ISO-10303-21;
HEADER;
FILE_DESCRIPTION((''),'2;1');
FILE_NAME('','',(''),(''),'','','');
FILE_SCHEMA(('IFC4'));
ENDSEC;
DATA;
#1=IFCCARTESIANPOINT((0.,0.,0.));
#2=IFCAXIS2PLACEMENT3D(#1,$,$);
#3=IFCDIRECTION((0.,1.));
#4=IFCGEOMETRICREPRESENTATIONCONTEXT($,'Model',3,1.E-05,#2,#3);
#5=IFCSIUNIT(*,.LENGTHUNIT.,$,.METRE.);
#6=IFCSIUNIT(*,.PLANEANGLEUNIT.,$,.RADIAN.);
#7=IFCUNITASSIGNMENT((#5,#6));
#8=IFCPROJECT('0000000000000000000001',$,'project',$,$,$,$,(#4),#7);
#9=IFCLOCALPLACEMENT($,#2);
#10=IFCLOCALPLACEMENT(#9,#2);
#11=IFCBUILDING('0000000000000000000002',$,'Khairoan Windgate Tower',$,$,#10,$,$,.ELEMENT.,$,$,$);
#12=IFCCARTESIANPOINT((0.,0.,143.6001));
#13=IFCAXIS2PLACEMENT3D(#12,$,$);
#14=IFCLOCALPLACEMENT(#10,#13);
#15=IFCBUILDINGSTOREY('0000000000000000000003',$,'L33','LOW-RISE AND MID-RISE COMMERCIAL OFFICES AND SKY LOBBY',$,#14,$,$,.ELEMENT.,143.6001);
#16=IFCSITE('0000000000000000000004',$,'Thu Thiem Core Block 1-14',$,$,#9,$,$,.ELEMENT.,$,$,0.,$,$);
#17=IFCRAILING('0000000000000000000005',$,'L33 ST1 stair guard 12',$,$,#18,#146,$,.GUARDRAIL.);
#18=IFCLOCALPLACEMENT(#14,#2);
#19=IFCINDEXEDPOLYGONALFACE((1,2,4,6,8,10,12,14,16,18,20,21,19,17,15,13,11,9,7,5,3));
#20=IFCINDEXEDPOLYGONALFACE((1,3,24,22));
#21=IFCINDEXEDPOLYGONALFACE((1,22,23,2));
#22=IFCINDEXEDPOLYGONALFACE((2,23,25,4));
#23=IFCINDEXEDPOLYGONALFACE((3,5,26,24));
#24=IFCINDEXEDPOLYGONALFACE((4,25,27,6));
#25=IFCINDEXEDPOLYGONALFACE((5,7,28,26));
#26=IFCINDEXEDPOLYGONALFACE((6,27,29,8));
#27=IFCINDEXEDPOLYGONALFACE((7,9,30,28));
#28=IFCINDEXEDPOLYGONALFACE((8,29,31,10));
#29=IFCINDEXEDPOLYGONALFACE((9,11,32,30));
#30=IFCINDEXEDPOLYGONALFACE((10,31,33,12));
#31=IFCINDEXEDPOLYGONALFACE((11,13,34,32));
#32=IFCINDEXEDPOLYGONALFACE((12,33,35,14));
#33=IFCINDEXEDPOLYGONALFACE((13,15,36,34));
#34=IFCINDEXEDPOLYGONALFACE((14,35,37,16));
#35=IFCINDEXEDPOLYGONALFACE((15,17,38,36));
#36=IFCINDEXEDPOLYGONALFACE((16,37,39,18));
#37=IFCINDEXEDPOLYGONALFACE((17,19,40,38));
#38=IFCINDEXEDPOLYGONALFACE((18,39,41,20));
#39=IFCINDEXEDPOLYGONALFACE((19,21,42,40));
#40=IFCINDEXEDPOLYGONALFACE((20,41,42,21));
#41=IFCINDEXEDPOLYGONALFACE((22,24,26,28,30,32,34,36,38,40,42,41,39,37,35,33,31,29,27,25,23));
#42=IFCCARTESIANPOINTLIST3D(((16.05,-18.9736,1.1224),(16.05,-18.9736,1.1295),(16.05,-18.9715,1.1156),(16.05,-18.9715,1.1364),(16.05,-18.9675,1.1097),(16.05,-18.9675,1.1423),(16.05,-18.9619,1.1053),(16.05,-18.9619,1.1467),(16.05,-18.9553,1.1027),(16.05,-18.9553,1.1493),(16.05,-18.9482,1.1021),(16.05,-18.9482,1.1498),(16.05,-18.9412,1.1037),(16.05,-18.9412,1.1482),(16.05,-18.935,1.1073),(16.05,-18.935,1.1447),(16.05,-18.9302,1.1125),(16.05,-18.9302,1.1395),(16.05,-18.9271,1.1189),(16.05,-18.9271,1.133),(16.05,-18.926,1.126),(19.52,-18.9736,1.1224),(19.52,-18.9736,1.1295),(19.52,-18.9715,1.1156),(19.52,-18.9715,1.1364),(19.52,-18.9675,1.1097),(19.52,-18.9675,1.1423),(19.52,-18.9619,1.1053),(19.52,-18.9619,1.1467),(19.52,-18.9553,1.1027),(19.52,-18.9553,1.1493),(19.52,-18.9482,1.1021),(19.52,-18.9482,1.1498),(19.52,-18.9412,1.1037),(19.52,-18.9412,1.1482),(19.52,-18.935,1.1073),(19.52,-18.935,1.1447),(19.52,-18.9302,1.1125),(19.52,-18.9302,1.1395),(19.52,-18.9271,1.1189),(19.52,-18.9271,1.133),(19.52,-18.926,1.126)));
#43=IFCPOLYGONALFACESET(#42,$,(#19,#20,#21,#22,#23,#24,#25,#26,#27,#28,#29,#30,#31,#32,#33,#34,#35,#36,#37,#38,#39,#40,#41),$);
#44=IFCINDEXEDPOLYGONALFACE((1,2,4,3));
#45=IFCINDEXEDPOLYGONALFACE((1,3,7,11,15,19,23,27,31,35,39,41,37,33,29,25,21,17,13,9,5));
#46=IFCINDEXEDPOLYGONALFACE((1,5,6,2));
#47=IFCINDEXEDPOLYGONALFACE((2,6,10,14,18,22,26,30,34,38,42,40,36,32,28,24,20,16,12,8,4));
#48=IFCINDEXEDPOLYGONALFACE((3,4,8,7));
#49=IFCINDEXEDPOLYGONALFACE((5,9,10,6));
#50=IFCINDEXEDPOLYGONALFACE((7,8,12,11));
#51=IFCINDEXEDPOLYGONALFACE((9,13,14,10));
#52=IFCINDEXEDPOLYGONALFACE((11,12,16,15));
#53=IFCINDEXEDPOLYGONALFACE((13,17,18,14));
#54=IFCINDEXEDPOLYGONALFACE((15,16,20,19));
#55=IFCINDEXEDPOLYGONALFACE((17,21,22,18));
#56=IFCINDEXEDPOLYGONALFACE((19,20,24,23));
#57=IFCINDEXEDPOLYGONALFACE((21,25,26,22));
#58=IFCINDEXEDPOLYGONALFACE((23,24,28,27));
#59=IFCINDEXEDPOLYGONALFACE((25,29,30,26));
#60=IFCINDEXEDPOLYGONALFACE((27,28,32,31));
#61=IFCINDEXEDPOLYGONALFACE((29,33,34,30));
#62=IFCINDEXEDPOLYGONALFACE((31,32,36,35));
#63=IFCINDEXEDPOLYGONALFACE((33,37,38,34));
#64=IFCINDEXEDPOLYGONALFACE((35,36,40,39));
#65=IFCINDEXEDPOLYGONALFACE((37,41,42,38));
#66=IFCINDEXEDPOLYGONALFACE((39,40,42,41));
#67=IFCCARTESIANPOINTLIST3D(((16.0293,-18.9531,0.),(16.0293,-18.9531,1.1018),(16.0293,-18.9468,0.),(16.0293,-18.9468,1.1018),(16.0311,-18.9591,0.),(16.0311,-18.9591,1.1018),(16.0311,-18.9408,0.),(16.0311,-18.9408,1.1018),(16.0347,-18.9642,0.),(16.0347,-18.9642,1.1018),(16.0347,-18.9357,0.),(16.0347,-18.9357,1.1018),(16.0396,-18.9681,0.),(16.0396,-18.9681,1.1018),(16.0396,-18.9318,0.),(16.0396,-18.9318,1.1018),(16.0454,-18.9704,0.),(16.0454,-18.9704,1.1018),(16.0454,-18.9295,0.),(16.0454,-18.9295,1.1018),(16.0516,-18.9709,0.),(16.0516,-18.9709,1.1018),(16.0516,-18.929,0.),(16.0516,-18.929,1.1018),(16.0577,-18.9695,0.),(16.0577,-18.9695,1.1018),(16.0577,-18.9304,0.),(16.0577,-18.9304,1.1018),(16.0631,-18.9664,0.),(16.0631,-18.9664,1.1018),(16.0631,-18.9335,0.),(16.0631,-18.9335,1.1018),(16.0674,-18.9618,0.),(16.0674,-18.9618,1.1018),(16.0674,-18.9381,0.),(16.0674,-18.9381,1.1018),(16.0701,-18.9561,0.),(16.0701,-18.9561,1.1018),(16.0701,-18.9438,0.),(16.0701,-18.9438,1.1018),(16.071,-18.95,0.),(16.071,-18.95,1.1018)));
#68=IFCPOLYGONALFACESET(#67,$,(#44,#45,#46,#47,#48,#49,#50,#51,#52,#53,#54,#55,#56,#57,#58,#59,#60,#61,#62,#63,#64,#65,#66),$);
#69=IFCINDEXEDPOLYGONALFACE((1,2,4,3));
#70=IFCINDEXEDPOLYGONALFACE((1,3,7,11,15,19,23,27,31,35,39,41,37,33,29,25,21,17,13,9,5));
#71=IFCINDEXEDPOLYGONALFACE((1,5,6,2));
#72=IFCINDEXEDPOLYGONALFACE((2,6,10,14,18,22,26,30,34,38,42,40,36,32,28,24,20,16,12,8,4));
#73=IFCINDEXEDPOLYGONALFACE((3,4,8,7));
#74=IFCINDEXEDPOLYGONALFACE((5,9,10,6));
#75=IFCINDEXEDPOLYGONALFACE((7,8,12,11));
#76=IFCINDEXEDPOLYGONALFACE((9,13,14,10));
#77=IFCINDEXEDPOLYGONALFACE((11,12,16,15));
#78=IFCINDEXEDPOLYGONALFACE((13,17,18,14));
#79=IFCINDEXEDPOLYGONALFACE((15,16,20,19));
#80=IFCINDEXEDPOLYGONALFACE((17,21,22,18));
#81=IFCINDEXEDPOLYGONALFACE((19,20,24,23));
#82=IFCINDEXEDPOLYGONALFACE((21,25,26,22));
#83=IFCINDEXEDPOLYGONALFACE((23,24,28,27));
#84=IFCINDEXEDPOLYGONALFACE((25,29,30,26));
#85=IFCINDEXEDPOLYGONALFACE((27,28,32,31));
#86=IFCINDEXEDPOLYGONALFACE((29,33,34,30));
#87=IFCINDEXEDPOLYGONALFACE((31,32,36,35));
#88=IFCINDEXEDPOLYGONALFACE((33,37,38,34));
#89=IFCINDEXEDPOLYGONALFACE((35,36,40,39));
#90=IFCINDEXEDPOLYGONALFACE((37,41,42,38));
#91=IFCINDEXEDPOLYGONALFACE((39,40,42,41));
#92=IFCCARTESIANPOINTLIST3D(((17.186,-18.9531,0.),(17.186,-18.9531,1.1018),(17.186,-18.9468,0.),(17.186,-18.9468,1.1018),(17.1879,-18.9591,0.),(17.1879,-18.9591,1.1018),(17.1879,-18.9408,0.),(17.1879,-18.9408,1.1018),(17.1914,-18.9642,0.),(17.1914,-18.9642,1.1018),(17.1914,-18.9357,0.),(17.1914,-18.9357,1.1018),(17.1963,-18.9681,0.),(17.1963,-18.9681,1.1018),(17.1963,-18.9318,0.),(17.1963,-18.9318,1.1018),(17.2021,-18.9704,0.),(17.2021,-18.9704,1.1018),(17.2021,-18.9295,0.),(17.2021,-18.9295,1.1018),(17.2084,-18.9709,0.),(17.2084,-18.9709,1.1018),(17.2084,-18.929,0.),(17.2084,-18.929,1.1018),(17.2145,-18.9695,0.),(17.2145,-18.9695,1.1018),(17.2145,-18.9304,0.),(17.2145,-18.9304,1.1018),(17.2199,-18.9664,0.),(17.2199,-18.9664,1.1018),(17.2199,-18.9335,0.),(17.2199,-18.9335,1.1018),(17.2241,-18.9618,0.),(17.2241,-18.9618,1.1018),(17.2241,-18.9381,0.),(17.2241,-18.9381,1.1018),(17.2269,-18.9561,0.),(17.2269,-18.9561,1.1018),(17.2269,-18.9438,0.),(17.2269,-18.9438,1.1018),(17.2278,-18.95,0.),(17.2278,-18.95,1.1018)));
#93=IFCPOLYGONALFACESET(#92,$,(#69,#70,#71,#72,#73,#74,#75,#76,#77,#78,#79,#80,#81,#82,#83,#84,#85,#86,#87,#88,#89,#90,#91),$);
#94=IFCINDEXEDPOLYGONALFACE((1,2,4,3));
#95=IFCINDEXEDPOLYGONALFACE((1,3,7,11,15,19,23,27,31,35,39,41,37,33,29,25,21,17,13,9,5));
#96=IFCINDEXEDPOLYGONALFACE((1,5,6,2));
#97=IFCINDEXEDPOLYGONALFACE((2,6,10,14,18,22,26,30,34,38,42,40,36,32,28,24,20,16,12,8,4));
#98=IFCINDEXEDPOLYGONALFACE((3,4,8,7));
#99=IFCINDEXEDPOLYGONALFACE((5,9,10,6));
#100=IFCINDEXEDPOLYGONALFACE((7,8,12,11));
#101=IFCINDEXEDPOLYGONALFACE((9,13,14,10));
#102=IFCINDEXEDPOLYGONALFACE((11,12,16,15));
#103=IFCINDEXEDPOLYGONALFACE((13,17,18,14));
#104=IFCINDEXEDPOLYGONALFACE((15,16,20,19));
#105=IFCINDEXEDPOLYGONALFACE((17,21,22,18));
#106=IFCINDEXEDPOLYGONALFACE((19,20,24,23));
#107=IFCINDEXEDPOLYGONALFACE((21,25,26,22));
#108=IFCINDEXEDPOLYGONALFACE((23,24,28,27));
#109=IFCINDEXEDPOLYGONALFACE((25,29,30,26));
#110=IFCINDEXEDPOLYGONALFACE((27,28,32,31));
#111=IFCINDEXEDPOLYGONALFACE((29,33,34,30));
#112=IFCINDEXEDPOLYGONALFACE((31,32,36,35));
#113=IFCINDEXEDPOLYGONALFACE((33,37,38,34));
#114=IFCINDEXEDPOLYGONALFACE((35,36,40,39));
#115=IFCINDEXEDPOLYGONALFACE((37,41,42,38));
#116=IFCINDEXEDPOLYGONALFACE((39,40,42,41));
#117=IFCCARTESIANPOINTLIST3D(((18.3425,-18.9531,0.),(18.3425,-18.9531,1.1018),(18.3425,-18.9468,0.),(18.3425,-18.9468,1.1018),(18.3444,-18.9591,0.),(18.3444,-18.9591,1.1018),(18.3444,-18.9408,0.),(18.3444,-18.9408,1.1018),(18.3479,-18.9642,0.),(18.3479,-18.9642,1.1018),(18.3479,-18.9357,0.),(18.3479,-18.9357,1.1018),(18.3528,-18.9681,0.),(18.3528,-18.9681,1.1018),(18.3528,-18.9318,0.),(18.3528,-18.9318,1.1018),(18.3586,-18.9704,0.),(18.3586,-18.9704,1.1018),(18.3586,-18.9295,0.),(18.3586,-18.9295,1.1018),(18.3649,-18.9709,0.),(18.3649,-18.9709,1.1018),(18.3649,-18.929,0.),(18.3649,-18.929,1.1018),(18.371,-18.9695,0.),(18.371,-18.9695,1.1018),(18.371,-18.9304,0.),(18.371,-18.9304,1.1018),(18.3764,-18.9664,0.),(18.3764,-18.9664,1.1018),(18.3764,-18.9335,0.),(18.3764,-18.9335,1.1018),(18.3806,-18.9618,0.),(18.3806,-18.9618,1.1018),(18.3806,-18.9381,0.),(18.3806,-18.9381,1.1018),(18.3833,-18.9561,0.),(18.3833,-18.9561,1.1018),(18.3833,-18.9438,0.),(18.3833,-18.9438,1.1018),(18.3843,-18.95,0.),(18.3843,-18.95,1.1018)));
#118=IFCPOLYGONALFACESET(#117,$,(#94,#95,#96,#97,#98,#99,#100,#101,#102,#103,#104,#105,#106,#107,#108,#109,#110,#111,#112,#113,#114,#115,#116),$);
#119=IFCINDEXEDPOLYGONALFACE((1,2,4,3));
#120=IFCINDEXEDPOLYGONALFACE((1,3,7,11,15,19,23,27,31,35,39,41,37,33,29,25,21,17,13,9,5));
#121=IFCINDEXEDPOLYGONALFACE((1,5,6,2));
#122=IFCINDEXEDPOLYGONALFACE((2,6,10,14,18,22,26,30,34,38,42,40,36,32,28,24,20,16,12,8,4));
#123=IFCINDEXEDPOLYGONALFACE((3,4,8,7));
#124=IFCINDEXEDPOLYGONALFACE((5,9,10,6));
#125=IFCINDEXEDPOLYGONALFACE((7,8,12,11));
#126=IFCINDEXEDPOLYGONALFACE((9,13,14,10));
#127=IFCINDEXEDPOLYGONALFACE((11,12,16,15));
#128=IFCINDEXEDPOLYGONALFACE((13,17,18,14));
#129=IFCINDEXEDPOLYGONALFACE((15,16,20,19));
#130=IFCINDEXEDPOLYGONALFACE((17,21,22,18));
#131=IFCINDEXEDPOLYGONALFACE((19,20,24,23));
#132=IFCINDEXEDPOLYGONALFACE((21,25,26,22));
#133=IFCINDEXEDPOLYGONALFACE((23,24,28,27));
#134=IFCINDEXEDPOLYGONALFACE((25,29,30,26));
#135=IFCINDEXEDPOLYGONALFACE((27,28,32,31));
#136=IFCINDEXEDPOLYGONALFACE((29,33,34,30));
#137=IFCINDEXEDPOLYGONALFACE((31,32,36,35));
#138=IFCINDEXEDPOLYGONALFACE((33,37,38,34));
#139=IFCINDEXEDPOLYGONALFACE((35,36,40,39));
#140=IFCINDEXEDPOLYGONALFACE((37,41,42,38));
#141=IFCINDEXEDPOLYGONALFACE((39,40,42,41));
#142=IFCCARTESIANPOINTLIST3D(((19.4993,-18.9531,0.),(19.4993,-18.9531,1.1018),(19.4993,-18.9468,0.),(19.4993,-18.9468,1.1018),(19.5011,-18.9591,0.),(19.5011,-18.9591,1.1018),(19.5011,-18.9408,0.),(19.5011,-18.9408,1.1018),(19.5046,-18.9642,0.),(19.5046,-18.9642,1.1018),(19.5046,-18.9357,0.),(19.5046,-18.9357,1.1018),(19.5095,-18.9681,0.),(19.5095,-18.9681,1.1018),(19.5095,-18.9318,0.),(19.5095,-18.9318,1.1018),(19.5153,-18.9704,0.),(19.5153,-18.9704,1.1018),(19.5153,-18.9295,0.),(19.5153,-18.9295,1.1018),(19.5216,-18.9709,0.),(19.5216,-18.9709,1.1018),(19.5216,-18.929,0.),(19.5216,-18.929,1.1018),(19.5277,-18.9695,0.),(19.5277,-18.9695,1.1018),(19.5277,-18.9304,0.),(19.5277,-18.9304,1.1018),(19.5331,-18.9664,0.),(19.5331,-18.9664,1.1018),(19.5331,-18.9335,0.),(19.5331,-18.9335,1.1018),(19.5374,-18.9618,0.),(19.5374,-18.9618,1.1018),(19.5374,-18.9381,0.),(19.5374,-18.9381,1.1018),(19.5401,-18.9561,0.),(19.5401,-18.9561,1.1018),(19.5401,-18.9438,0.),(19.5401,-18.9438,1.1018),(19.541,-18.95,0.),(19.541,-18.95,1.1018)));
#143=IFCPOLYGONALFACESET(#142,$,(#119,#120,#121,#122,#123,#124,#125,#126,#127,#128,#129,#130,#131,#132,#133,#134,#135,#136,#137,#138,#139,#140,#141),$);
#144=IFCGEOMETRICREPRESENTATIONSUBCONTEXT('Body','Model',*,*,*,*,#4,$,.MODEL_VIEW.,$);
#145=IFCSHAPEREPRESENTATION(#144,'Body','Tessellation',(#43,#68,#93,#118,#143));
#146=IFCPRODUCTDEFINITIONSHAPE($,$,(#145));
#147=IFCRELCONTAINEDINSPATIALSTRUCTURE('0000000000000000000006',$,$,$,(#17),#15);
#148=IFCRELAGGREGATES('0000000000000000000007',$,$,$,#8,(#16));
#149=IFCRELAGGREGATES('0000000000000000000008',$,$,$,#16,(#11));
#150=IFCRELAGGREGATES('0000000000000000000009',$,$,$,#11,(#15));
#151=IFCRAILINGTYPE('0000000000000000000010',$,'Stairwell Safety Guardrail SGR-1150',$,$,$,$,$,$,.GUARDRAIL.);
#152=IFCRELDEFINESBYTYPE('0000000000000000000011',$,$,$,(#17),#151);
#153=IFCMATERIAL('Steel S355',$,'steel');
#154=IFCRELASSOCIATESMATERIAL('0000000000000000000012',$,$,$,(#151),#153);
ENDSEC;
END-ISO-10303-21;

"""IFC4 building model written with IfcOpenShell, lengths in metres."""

from ifc_helpers import new_model, si_unit, direction, frame, origin, origin_2d, place, context, subcontext, project, spatial, circle, extrude, material, type_object, element, save


model = new_model("IFC4")

# Units and contexts
model_context = context("Model", 3, precision=1e-05, world=origin(), true_north=direction((0.0, 1.0)))
body_context = subcontext(model_context, "Body", "Model", "MODEL_VIEW")
ifc_project = project(units=[si_unit("LENGTHUNIT", "METRE"), si_unit("PLANEANGLEUNIT", "RADIAN")], contexts=[model_context])

# Site, building, storey
site_placement = place(None, origin())
site = spatial("IfcSite", under=ifc_project, at=site_placement, Name="Thu Thiem Core Block 1-14", CompositionType="ELEMENT", RefElevation=0.0)
building_placement = place(site_placement, origin())
building = spatial("IfcBuilding", under=site, at=building_placement, Name="Khairoan Windgate Tower", CompositionType="ELEMENT")
storey_placement = place(building_placement, frame((0.0, 0.0, 143.6001)))
storey = spatial("IfcBuildingStorey", under=building, at=storey_placement, Name="L33", Description="LOW-RISE AND MID-RISE COMMERCIAL OFFICES AND SKY LOBBY", CompositionType="ELEMENT", Elevation=143.6001)

# Railing
ifc_material_1 = material(Name="Steel S355", Category="steel")
railing_type = type_object("IfcRailingType", Name="Stairwell Safety Guardrail SGR-1150", PredefinedType="GUARDRAIL", material=ifc_material_1)
railing_1_placement = place(storey_placement, frame((16.05, -18.95, 0.0)))
element("IfcRailing", 1, at=railing_1_placement, inside=storey, type_object=railing_type, Name="L33 ST1 stair guard 12", PredefinedType="GUARDRAIL", context=body_context, shape_type="SweptSolid", body=[
    extrude(circle(Radius=0.0239, at=origin_2d()), frame((0.0, 0.0, 1.126), z_axis=(1.0, 0.0, 0.0), x_axis=(0.0, 1.0, 0.0)), (0.0, 0.0, 1.0), 3.47),
    extrude(circle(Radius=0.021, at=origin_2d()), origin(), (0.0, 0.0, 1.0), 1.1018),
    extrude(circle(Radius=0.021, at=origin_2d()), frame((1.1567, 0.0, 0.0)), (0.0, 0.0, 1.0), 1.1018),
    extrude(circle(Radius=0.021, at=origin_2d()), frame((2.3132, 0.0, 0.0)), (0.0, 0.0, 1.0), 1.1018),
    extrude(circle(Radius=0.021, at=origin_2d()), frame((3.47, 0.0, 0.0)), (0.0, 0.0, 1.0), 1.1018),
])

save(model, "model.ifc")
